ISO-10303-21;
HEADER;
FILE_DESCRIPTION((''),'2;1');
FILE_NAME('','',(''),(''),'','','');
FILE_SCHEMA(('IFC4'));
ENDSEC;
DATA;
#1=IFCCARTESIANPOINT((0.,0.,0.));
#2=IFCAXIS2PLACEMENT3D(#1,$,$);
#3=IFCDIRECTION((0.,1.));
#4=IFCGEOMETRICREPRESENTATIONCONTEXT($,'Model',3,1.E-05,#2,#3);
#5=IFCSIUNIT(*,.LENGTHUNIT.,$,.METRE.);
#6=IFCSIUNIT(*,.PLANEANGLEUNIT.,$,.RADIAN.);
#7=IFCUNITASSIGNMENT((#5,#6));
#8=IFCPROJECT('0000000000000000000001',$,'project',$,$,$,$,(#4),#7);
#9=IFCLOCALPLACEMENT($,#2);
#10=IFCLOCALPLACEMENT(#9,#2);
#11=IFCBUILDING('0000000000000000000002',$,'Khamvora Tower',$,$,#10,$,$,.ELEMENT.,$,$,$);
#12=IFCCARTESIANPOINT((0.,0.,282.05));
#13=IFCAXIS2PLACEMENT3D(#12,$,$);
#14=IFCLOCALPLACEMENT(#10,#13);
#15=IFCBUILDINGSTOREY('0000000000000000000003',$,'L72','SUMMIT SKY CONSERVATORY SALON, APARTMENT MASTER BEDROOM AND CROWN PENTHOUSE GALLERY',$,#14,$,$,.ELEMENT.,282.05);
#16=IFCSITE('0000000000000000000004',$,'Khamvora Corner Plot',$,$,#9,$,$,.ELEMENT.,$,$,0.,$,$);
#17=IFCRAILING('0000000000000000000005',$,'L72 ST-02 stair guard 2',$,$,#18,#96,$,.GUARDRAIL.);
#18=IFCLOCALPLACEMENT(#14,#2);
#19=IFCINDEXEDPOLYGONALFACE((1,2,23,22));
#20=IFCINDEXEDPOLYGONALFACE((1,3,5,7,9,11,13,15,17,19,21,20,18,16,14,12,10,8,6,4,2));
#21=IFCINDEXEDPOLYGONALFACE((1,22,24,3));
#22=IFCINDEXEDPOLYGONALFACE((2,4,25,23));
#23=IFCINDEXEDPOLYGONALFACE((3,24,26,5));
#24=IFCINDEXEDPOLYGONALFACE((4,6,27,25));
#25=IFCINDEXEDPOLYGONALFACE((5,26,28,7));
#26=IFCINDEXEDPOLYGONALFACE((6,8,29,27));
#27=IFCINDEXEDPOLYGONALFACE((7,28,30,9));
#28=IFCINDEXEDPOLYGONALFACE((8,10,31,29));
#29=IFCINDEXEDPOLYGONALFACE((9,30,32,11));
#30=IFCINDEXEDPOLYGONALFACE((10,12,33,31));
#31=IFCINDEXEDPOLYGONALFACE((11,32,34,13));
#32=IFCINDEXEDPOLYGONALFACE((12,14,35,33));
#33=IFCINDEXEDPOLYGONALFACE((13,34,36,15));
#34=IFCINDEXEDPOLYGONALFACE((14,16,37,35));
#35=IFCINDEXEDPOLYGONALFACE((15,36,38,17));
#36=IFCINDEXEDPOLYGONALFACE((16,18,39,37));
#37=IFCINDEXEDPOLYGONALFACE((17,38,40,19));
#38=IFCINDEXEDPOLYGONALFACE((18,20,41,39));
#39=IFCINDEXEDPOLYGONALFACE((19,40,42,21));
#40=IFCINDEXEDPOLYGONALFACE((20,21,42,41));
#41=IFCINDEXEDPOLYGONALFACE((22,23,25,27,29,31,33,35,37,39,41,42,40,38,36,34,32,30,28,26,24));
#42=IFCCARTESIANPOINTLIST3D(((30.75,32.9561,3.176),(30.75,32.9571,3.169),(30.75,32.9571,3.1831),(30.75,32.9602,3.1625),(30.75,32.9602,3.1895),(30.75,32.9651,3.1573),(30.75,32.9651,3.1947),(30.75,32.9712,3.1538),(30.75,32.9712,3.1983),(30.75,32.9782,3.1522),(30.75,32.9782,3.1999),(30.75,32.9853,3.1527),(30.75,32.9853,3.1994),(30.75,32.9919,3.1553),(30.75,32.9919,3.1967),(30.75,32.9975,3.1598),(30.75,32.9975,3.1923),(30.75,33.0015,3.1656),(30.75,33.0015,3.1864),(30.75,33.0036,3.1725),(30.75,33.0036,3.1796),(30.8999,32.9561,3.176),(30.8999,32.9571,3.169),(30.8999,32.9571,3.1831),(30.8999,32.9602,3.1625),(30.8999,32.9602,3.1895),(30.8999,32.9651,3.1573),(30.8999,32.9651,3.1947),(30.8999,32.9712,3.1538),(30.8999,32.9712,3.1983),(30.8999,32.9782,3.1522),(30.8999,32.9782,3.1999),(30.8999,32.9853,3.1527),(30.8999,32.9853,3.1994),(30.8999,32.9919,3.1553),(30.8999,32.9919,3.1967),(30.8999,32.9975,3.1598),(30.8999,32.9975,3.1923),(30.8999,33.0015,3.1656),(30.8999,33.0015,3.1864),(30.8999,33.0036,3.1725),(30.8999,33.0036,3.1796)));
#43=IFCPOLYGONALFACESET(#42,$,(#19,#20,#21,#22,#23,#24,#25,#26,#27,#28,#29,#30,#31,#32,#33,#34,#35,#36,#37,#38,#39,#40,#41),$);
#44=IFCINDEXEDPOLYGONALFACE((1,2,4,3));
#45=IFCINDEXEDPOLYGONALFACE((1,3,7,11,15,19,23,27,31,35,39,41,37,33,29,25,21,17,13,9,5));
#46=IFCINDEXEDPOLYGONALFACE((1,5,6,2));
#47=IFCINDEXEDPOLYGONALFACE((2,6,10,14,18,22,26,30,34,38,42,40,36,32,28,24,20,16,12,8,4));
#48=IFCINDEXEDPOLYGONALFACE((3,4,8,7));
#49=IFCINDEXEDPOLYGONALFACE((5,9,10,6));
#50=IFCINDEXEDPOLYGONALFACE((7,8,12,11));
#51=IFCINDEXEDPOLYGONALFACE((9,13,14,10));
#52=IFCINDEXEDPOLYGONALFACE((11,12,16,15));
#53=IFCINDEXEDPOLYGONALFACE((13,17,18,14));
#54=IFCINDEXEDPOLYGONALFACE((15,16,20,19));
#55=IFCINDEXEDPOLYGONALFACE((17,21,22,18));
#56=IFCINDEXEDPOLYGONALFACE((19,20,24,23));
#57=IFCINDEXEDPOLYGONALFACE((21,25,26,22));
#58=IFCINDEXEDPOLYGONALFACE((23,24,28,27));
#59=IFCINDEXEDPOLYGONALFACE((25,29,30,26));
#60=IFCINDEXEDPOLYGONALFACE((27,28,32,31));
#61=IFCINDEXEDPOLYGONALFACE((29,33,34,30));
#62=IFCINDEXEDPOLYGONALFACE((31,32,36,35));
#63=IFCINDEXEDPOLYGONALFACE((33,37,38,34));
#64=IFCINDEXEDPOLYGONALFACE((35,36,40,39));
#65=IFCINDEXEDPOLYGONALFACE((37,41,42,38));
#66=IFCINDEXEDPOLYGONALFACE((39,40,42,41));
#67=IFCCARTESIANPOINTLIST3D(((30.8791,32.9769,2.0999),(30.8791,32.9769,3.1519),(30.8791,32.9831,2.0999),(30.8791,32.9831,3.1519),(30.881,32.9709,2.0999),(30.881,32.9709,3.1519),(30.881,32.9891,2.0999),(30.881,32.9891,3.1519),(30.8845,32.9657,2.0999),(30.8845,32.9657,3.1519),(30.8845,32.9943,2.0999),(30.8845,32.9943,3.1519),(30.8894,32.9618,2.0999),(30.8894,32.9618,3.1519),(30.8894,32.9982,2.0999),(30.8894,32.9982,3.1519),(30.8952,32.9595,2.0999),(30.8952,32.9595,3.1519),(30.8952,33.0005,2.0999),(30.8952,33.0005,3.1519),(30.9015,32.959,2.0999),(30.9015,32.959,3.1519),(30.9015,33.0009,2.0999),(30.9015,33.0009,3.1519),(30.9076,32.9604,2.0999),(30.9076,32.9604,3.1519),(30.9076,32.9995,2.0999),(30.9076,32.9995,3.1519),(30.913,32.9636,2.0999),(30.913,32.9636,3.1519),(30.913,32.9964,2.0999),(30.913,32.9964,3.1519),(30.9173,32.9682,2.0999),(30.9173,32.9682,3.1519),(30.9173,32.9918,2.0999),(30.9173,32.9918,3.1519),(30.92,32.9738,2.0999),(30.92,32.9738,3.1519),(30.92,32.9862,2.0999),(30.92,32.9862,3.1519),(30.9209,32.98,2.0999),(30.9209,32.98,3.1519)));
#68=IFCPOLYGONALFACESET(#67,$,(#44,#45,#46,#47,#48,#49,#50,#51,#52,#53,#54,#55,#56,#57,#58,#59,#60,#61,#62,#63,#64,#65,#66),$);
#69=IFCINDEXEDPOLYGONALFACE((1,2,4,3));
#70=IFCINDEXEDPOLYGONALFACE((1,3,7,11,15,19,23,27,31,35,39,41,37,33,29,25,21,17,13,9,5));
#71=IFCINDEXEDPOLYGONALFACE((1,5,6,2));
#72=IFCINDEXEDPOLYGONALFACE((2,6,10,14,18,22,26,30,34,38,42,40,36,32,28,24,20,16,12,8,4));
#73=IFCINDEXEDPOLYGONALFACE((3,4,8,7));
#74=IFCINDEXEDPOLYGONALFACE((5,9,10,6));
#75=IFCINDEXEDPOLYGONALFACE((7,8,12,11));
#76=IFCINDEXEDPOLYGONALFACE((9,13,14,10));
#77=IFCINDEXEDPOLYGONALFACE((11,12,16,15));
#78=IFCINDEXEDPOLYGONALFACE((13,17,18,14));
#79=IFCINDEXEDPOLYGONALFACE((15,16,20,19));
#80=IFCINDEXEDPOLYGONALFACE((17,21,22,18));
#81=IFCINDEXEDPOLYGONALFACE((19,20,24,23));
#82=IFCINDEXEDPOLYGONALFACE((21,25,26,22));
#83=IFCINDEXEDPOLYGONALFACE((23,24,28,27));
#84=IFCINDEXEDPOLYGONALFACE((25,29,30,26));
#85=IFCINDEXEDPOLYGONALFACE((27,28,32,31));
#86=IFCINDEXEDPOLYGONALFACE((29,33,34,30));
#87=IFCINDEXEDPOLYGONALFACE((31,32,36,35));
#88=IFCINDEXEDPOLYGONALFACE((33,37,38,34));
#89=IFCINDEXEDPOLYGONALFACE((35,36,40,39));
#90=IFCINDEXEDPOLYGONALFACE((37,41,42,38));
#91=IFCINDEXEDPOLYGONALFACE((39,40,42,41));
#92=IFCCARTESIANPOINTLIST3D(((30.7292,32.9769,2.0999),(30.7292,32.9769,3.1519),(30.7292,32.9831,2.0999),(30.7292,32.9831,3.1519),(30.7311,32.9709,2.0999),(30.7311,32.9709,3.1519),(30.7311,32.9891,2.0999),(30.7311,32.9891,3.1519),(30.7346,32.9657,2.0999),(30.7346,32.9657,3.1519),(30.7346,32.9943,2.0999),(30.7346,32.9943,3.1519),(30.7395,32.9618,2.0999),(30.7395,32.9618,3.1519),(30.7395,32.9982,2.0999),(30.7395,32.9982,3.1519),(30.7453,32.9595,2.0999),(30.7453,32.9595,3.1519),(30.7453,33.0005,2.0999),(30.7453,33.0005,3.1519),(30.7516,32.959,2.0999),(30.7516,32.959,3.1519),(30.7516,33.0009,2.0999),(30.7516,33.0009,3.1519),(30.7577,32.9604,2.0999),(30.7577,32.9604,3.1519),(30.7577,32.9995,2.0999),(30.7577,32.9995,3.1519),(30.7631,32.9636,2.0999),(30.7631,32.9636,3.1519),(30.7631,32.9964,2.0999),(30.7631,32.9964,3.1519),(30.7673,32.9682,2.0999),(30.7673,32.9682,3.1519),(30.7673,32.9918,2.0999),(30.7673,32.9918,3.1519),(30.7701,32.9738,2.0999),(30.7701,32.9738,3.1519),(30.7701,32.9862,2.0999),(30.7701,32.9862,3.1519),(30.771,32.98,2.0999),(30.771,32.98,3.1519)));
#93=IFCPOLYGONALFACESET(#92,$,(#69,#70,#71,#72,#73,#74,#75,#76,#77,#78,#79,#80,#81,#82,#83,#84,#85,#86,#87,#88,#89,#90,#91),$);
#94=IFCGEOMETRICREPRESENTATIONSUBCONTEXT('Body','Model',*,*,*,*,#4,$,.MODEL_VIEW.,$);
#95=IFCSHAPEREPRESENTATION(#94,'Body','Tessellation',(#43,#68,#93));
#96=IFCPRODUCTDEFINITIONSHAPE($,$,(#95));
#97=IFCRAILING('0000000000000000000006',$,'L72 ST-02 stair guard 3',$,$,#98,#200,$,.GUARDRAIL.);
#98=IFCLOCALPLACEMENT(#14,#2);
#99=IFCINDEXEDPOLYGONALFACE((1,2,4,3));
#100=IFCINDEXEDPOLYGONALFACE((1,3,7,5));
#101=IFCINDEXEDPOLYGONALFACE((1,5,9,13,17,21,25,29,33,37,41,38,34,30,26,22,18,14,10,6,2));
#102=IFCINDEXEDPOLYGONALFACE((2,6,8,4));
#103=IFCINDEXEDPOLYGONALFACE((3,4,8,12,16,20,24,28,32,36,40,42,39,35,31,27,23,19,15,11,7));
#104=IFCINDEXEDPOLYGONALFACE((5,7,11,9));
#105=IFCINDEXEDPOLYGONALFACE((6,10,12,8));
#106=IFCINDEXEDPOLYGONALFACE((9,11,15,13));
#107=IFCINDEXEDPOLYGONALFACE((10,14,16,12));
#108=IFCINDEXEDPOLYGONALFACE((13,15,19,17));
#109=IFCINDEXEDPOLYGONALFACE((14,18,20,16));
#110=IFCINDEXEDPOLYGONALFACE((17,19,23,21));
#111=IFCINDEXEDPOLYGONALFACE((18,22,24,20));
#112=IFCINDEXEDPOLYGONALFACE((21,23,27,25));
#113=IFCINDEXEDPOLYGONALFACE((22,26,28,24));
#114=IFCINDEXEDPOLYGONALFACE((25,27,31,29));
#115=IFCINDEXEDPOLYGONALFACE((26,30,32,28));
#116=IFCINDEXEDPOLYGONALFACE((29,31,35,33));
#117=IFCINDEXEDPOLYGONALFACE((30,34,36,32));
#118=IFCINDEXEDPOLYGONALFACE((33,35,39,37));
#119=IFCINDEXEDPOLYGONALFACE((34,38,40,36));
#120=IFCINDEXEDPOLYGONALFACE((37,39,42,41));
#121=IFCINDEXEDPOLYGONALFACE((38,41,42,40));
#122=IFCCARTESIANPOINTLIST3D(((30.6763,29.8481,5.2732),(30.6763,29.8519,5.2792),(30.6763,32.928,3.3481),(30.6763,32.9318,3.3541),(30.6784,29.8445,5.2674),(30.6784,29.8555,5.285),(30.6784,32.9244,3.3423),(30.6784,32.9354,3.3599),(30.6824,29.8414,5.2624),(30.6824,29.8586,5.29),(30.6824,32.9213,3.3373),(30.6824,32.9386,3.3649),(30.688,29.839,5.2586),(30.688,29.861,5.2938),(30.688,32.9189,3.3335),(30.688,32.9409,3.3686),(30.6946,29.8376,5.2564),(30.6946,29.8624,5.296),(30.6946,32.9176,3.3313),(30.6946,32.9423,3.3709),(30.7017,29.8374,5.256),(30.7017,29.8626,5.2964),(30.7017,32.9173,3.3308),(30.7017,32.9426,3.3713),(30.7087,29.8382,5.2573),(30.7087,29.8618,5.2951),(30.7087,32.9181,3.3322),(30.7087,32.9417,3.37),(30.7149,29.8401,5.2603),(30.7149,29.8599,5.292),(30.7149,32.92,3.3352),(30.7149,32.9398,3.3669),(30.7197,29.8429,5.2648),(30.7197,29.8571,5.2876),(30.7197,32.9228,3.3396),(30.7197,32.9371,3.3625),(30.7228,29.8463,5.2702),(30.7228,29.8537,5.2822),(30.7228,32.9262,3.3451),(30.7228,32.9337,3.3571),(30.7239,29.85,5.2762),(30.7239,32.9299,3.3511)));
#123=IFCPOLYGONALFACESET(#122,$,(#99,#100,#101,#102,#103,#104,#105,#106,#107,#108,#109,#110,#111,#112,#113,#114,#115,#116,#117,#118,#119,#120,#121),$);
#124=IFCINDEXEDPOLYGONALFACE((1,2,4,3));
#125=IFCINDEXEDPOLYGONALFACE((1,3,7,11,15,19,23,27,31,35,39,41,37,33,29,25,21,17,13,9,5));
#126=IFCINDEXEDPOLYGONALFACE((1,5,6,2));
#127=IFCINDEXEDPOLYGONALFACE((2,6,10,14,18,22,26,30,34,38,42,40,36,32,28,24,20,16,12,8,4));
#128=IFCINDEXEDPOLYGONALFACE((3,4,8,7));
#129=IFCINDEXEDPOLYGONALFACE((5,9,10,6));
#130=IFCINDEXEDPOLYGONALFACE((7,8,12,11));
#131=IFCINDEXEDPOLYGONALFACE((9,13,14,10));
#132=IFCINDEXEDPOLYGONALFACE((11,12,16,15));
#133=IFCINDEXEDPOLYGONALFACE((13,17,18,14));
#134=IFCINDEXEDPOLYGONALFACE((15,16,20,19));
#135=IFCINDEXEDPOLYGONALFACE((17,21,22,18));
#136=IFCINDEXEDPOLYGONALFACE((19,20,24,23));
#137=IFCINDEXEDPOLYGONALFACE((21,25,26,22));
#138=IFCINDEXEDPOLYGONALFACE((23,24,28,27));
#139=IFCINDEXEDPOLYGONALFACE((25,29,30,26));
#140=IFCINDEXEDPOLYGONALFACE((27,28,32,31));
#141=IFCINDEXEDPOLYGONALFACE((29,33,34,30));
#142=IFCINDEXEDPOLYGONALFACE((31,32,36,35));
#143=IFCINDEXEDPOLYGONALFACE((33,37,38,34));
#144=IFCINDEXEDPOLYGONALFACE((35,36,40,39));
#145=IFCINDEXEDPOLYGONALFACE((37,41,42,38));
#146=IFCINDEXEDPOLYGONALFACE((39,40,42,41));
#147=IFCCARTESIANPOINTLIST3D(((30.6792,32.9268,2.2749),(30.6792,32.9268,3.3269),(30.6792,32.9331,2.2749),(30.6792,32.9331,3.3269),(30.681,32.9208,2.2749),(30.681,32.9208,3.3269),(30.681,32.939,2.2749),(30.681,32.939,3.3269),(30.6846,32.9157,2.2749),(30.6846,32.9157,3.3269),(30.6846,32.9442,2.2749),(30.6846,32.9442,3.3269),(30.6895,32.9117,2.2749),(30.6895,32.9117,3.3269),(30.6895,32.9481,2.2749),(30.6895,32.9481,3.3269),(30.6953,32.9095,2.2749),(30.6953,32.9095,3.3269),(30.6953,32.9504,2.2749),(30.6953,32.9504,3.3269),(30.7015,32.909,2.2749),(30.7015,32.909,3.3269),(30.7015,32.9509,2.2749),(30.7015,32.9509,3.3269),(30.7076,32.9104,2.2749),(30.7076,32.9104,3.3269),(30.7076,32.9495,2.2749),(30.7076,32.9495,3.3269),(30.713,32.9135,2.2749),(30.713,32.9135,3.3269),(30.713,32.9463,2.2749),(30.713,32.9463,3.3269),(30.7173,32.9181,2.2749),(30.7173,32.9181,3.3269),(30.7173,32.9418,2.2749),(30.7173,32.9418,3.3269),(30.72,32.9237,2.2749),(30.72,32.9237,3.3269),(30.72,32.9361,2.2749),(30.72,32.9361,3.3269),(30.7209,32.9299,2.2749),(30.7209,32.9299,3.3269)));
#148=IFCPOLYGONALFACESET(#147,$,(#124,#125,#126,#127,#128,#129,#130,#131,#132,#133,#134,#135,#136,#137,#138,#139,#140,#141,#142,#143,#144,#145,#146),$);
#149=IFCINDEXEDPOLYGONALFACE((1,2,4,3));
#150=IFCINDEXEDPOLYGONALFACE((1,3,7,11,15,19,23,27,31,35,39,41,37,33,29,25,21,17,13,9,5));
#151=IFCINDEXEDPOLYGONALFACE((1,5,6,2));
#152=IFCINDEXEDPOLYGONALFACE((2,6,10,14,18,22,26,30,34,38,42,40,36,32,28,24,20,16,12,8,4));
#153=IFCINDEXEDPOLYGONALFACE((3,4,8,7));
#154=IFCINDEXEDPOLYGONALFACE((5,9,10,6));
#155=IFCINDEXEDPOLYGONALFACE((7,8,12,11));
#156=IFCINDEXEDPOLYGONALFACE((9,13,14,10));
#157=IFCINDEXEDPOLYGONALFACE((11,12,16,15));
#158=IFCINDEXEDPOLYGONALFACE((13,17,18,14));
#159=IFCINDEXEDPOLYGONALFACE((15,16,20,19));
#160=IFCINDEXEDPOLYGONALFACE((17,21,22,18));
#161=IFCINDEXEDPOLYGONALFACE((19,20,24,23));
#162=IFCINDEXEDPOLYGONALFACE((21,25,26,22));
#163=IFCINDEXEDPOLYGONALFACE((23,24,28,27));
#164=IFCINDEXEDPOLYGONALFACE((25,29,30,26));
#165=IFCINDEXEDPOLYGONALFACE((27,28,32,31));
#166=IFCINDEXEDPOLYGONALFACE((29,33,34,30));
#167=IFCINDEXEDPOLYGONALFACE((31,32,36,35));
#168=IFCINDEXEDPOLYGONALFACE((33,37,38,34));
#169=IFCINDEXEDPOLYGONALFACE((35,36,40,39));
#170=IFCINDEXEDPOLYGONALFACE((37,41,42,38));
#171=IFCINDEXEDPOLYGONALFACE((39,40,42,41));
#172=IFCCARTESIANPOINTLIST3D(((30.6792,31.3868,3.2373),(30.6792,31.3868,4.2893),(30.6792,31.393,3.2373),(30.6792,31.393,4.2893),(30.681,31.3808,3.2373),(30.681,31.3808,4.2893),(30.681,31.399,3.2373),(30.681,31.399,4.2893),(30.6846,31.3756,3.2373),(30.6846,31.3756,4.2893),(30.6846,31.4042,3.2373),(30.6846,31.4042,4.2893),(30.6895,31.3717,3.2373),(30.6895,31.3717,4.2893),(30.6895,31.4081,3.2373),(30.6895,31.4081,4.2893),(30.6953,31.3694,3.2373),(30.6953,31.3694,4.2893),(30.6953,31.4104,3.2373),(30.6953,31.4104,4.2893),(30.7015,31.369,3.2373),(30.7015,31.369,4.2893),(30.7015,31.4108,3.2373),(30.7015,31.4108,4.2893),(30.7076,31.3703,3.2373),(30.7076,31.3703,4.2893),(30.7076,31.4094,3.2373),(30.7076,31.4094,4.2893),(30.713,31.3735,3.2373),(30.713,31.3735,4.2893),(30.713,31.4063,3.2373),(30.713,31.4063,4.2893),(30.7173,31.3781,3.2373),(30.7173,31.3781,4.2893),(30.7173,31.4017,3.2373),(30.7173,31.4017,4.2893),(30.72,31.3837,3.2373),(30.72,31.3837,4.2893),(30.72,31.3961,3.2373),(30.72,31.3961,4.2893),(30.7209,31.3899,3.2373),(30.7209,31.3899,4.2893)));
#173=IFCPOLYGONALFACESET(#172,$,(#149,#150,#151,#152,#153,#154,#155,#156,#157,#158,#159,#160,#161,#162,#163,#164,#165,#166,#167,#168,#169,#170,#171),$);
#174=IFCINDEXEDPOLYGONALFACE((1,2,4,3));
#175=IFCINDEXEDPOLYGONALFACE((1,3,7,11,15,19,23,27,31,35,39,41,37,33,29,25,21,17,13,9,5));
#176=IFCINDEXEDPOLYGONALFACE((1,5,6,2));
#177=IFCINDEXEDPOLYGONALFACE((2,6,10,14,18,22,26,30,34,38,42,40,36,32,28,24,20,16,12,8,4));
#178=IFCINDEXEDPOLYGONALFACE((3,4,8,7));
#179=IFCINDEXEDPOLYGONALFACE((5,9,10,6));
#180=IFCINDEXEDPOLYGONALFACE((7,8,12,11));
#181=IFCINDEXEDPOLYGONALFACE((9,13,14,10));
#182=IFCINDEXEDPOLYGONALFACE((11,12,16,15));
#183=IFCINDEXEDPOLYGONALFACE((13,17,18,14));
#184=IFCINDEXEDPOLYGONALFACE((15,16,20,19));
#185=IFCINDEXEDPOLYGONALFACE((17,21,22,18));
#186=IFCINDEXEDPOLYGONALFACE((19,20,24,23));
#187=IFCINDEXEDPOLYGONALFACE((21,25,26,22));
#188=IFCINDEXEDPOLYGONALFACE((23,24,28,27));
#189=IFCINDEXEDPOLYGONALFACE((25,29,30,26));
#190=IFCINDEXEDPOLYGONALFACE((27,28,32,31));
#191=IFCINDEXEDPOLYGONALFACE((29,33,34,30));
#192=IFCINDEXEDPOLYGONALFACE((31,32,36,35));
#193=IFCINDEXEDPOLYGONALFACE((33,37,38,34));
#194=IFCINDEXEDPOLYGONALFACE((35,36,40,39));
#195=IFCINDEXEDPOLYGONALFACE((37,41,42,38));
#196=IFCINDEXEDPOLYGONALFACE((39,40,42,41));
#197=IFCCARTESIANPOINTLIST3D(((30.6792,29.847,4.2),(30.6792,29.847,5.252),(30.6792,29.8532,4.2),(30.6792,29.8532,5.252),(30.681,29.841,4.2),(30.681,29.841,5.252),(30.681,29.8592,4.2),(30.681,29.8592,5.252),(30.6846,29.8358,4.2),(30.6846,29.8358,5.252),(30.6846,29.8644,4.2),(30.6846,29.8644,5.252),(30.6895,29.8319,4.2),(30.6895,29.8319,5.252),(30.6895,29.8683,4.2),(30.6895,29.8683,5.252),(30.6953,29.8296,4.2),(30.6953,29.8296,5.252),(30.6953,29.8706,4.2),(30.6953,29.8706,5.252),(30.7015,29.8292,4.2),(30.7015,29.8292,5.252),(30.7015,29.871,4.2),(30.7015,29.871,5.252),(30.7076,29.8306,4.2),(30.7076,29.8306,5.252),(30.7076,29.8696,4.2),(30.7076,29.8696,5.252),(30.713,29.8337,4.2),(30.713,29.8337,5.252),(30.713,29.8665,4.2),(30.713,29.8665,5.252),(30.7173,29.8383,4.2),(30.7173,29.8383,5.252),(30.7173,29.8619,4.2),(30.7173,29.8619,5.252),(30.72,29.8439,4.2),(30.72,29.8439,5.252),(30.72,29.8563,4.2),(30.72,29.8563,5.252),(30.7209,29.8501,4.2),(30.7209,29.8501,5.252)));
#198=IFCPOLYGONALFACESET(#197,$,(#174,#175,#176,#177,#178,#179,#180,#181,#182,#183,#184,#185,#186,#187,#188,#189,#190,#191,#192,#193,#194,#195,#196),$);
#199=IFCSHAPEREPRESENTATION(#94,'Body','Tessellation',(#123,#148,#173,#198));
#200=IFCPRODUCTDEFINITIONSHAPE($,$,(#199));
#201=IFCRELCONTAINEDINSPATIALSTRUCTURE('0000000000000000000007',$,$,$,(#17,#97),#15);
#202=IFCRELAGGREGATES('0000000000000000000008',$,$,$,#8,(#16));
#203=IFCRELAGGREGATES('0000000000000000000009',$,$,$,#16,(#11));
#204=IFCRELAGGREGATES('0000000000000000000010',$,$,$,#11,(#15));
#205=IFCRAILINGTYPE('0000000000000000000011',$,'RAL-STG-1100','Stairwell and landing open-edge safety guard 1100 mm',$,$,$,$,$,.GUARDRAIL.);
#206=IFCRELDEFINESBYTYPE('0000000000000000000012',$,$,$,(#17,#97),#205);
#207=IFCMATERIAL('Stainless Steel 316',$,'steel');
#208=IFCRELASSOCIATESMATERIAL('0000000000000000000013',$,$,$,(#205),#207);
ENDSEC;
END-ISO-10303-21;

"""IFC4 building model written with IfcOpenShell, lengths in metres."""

from ifc_helpers import new_model, si_unit, direction, frame, origin, origin_2d, place, context, subcontext, project, spatial, circle, extrude, material, type_object, element, save


model = new_model("IFC4")

# Units and contexts
model_context = context("Model", 3, precision=1e-05, world=origin(), true_north=direction((0.0, 1.0)))
body_context = subcontext(model_context, "Body", "Model", "MODEL_VIEW")
ifc_project = project(units=[si_unit("LENGTHUNIT", "METRE"), si_unit("PLANEANGLEUNIT", "RADIAN")], contexts=[model_context])

# Site, building, storey
site_placement = place(None, origin())
site = spatial("IfcSite", under=ifc_project, at=site_placement, Name="Khamvora Corner Plot", CompositionType="ELEMENT", RefElevation=0.0)
building_placement = place(site_placement, origin())
building = spatial("IfcBuilding", under=site, at=building_placement, Name="Khamvora Tower", CompositionType="ELEMENT")
storey_placement = place(building_placement, frame((0.0, 0.0, 282.05)))
storey = spatial("IfcBuildingStorey", under=building, at=storey_placement, Name="L72", Description="SUMMIT SKY CONSERVATORY SALON, APARTMENT MASTER BEDROOM AND CROWN PENTHOUSE GALLERY", CompositionType="ELEMENT", Elevation=282.05)

# Railings
ifc_material_1 = material(Name="Stainless Steel 316", Category="steel")
railing_type = type_object("IfcRailingType", Name="RAL-STG-1100", Description="Stairwell and landing open-edge safety guard 1100 mm", PredefinedType="GUARDRAIL", material=ifc_material_1)
railing_1_placement = place(storey_placement, frame((30.8999, 32.98, 2.0999)))
element("IfcRailing", 1, at=railing_1_placement, inside=storey, type_object=railing_type, Name="L72 ST-02 stair guard 2", PredefinedType="GUARDRAIL", context=body_context, shape_type="SweptSolid", body=[
    extrude(circle(Radius=0.0239, at=origin_2d()), frame((0.0, 0.0, 1.0762), z_axis=(-1.0, 0.0, 0.0), x_axis=(0.0, -1.0, 0.0)), (0.0, 0.0, 1.0), 0.1499),
    extrude(circle(Radius=0.021, at=origin_2d()), origin(), (0.0, 0.0, 1.0), 1.052),
    extrude(circle(Radius=0.021, at=origin_2d()), frame((-0.1499, 0.0, 0.0)), (0.0, 0.0, 1.0), 1.052),
])
railing_2_placement = place(storey_placement, frame((30.7, 32.9299, 2.2749)))
element("IfcRailing", 2, at=railing_2_placement, inside=storey, type_object=railing_type, Name="L72 ST-02 stair guard 3", PredefinedType="GUARDRAIL", context=body_context, shape_type="SweptSolid", body=[
    extrude(circle(Radius=0.0239, at=origin_2d()), frame((0.0, 0.0, 1.0762), z_axis=(0.0, -0.847979, 0.530029), x_axis=(1.0, 0.0, 0.0)), (0.0, 0.0, 1.0), 3.6321),
    extrude(circle(Radius=0.021, at=origin_2d()), origin(), (0.0, 0.0, 1.0), 1.052),
    extrude(circle(Radius=0.021, at=origin_2d()), frame((0.0, -1.54, 0.9624)), (0.0, 0.0, 1.0), 1.052),
    extrude(circle(Radius=0.021, at=origin_2d()), frame((0.0, -3.0798, 1.925)), (0.0, 0.0, 1.0), 1.052),
])

save(model, "model.ifc")
